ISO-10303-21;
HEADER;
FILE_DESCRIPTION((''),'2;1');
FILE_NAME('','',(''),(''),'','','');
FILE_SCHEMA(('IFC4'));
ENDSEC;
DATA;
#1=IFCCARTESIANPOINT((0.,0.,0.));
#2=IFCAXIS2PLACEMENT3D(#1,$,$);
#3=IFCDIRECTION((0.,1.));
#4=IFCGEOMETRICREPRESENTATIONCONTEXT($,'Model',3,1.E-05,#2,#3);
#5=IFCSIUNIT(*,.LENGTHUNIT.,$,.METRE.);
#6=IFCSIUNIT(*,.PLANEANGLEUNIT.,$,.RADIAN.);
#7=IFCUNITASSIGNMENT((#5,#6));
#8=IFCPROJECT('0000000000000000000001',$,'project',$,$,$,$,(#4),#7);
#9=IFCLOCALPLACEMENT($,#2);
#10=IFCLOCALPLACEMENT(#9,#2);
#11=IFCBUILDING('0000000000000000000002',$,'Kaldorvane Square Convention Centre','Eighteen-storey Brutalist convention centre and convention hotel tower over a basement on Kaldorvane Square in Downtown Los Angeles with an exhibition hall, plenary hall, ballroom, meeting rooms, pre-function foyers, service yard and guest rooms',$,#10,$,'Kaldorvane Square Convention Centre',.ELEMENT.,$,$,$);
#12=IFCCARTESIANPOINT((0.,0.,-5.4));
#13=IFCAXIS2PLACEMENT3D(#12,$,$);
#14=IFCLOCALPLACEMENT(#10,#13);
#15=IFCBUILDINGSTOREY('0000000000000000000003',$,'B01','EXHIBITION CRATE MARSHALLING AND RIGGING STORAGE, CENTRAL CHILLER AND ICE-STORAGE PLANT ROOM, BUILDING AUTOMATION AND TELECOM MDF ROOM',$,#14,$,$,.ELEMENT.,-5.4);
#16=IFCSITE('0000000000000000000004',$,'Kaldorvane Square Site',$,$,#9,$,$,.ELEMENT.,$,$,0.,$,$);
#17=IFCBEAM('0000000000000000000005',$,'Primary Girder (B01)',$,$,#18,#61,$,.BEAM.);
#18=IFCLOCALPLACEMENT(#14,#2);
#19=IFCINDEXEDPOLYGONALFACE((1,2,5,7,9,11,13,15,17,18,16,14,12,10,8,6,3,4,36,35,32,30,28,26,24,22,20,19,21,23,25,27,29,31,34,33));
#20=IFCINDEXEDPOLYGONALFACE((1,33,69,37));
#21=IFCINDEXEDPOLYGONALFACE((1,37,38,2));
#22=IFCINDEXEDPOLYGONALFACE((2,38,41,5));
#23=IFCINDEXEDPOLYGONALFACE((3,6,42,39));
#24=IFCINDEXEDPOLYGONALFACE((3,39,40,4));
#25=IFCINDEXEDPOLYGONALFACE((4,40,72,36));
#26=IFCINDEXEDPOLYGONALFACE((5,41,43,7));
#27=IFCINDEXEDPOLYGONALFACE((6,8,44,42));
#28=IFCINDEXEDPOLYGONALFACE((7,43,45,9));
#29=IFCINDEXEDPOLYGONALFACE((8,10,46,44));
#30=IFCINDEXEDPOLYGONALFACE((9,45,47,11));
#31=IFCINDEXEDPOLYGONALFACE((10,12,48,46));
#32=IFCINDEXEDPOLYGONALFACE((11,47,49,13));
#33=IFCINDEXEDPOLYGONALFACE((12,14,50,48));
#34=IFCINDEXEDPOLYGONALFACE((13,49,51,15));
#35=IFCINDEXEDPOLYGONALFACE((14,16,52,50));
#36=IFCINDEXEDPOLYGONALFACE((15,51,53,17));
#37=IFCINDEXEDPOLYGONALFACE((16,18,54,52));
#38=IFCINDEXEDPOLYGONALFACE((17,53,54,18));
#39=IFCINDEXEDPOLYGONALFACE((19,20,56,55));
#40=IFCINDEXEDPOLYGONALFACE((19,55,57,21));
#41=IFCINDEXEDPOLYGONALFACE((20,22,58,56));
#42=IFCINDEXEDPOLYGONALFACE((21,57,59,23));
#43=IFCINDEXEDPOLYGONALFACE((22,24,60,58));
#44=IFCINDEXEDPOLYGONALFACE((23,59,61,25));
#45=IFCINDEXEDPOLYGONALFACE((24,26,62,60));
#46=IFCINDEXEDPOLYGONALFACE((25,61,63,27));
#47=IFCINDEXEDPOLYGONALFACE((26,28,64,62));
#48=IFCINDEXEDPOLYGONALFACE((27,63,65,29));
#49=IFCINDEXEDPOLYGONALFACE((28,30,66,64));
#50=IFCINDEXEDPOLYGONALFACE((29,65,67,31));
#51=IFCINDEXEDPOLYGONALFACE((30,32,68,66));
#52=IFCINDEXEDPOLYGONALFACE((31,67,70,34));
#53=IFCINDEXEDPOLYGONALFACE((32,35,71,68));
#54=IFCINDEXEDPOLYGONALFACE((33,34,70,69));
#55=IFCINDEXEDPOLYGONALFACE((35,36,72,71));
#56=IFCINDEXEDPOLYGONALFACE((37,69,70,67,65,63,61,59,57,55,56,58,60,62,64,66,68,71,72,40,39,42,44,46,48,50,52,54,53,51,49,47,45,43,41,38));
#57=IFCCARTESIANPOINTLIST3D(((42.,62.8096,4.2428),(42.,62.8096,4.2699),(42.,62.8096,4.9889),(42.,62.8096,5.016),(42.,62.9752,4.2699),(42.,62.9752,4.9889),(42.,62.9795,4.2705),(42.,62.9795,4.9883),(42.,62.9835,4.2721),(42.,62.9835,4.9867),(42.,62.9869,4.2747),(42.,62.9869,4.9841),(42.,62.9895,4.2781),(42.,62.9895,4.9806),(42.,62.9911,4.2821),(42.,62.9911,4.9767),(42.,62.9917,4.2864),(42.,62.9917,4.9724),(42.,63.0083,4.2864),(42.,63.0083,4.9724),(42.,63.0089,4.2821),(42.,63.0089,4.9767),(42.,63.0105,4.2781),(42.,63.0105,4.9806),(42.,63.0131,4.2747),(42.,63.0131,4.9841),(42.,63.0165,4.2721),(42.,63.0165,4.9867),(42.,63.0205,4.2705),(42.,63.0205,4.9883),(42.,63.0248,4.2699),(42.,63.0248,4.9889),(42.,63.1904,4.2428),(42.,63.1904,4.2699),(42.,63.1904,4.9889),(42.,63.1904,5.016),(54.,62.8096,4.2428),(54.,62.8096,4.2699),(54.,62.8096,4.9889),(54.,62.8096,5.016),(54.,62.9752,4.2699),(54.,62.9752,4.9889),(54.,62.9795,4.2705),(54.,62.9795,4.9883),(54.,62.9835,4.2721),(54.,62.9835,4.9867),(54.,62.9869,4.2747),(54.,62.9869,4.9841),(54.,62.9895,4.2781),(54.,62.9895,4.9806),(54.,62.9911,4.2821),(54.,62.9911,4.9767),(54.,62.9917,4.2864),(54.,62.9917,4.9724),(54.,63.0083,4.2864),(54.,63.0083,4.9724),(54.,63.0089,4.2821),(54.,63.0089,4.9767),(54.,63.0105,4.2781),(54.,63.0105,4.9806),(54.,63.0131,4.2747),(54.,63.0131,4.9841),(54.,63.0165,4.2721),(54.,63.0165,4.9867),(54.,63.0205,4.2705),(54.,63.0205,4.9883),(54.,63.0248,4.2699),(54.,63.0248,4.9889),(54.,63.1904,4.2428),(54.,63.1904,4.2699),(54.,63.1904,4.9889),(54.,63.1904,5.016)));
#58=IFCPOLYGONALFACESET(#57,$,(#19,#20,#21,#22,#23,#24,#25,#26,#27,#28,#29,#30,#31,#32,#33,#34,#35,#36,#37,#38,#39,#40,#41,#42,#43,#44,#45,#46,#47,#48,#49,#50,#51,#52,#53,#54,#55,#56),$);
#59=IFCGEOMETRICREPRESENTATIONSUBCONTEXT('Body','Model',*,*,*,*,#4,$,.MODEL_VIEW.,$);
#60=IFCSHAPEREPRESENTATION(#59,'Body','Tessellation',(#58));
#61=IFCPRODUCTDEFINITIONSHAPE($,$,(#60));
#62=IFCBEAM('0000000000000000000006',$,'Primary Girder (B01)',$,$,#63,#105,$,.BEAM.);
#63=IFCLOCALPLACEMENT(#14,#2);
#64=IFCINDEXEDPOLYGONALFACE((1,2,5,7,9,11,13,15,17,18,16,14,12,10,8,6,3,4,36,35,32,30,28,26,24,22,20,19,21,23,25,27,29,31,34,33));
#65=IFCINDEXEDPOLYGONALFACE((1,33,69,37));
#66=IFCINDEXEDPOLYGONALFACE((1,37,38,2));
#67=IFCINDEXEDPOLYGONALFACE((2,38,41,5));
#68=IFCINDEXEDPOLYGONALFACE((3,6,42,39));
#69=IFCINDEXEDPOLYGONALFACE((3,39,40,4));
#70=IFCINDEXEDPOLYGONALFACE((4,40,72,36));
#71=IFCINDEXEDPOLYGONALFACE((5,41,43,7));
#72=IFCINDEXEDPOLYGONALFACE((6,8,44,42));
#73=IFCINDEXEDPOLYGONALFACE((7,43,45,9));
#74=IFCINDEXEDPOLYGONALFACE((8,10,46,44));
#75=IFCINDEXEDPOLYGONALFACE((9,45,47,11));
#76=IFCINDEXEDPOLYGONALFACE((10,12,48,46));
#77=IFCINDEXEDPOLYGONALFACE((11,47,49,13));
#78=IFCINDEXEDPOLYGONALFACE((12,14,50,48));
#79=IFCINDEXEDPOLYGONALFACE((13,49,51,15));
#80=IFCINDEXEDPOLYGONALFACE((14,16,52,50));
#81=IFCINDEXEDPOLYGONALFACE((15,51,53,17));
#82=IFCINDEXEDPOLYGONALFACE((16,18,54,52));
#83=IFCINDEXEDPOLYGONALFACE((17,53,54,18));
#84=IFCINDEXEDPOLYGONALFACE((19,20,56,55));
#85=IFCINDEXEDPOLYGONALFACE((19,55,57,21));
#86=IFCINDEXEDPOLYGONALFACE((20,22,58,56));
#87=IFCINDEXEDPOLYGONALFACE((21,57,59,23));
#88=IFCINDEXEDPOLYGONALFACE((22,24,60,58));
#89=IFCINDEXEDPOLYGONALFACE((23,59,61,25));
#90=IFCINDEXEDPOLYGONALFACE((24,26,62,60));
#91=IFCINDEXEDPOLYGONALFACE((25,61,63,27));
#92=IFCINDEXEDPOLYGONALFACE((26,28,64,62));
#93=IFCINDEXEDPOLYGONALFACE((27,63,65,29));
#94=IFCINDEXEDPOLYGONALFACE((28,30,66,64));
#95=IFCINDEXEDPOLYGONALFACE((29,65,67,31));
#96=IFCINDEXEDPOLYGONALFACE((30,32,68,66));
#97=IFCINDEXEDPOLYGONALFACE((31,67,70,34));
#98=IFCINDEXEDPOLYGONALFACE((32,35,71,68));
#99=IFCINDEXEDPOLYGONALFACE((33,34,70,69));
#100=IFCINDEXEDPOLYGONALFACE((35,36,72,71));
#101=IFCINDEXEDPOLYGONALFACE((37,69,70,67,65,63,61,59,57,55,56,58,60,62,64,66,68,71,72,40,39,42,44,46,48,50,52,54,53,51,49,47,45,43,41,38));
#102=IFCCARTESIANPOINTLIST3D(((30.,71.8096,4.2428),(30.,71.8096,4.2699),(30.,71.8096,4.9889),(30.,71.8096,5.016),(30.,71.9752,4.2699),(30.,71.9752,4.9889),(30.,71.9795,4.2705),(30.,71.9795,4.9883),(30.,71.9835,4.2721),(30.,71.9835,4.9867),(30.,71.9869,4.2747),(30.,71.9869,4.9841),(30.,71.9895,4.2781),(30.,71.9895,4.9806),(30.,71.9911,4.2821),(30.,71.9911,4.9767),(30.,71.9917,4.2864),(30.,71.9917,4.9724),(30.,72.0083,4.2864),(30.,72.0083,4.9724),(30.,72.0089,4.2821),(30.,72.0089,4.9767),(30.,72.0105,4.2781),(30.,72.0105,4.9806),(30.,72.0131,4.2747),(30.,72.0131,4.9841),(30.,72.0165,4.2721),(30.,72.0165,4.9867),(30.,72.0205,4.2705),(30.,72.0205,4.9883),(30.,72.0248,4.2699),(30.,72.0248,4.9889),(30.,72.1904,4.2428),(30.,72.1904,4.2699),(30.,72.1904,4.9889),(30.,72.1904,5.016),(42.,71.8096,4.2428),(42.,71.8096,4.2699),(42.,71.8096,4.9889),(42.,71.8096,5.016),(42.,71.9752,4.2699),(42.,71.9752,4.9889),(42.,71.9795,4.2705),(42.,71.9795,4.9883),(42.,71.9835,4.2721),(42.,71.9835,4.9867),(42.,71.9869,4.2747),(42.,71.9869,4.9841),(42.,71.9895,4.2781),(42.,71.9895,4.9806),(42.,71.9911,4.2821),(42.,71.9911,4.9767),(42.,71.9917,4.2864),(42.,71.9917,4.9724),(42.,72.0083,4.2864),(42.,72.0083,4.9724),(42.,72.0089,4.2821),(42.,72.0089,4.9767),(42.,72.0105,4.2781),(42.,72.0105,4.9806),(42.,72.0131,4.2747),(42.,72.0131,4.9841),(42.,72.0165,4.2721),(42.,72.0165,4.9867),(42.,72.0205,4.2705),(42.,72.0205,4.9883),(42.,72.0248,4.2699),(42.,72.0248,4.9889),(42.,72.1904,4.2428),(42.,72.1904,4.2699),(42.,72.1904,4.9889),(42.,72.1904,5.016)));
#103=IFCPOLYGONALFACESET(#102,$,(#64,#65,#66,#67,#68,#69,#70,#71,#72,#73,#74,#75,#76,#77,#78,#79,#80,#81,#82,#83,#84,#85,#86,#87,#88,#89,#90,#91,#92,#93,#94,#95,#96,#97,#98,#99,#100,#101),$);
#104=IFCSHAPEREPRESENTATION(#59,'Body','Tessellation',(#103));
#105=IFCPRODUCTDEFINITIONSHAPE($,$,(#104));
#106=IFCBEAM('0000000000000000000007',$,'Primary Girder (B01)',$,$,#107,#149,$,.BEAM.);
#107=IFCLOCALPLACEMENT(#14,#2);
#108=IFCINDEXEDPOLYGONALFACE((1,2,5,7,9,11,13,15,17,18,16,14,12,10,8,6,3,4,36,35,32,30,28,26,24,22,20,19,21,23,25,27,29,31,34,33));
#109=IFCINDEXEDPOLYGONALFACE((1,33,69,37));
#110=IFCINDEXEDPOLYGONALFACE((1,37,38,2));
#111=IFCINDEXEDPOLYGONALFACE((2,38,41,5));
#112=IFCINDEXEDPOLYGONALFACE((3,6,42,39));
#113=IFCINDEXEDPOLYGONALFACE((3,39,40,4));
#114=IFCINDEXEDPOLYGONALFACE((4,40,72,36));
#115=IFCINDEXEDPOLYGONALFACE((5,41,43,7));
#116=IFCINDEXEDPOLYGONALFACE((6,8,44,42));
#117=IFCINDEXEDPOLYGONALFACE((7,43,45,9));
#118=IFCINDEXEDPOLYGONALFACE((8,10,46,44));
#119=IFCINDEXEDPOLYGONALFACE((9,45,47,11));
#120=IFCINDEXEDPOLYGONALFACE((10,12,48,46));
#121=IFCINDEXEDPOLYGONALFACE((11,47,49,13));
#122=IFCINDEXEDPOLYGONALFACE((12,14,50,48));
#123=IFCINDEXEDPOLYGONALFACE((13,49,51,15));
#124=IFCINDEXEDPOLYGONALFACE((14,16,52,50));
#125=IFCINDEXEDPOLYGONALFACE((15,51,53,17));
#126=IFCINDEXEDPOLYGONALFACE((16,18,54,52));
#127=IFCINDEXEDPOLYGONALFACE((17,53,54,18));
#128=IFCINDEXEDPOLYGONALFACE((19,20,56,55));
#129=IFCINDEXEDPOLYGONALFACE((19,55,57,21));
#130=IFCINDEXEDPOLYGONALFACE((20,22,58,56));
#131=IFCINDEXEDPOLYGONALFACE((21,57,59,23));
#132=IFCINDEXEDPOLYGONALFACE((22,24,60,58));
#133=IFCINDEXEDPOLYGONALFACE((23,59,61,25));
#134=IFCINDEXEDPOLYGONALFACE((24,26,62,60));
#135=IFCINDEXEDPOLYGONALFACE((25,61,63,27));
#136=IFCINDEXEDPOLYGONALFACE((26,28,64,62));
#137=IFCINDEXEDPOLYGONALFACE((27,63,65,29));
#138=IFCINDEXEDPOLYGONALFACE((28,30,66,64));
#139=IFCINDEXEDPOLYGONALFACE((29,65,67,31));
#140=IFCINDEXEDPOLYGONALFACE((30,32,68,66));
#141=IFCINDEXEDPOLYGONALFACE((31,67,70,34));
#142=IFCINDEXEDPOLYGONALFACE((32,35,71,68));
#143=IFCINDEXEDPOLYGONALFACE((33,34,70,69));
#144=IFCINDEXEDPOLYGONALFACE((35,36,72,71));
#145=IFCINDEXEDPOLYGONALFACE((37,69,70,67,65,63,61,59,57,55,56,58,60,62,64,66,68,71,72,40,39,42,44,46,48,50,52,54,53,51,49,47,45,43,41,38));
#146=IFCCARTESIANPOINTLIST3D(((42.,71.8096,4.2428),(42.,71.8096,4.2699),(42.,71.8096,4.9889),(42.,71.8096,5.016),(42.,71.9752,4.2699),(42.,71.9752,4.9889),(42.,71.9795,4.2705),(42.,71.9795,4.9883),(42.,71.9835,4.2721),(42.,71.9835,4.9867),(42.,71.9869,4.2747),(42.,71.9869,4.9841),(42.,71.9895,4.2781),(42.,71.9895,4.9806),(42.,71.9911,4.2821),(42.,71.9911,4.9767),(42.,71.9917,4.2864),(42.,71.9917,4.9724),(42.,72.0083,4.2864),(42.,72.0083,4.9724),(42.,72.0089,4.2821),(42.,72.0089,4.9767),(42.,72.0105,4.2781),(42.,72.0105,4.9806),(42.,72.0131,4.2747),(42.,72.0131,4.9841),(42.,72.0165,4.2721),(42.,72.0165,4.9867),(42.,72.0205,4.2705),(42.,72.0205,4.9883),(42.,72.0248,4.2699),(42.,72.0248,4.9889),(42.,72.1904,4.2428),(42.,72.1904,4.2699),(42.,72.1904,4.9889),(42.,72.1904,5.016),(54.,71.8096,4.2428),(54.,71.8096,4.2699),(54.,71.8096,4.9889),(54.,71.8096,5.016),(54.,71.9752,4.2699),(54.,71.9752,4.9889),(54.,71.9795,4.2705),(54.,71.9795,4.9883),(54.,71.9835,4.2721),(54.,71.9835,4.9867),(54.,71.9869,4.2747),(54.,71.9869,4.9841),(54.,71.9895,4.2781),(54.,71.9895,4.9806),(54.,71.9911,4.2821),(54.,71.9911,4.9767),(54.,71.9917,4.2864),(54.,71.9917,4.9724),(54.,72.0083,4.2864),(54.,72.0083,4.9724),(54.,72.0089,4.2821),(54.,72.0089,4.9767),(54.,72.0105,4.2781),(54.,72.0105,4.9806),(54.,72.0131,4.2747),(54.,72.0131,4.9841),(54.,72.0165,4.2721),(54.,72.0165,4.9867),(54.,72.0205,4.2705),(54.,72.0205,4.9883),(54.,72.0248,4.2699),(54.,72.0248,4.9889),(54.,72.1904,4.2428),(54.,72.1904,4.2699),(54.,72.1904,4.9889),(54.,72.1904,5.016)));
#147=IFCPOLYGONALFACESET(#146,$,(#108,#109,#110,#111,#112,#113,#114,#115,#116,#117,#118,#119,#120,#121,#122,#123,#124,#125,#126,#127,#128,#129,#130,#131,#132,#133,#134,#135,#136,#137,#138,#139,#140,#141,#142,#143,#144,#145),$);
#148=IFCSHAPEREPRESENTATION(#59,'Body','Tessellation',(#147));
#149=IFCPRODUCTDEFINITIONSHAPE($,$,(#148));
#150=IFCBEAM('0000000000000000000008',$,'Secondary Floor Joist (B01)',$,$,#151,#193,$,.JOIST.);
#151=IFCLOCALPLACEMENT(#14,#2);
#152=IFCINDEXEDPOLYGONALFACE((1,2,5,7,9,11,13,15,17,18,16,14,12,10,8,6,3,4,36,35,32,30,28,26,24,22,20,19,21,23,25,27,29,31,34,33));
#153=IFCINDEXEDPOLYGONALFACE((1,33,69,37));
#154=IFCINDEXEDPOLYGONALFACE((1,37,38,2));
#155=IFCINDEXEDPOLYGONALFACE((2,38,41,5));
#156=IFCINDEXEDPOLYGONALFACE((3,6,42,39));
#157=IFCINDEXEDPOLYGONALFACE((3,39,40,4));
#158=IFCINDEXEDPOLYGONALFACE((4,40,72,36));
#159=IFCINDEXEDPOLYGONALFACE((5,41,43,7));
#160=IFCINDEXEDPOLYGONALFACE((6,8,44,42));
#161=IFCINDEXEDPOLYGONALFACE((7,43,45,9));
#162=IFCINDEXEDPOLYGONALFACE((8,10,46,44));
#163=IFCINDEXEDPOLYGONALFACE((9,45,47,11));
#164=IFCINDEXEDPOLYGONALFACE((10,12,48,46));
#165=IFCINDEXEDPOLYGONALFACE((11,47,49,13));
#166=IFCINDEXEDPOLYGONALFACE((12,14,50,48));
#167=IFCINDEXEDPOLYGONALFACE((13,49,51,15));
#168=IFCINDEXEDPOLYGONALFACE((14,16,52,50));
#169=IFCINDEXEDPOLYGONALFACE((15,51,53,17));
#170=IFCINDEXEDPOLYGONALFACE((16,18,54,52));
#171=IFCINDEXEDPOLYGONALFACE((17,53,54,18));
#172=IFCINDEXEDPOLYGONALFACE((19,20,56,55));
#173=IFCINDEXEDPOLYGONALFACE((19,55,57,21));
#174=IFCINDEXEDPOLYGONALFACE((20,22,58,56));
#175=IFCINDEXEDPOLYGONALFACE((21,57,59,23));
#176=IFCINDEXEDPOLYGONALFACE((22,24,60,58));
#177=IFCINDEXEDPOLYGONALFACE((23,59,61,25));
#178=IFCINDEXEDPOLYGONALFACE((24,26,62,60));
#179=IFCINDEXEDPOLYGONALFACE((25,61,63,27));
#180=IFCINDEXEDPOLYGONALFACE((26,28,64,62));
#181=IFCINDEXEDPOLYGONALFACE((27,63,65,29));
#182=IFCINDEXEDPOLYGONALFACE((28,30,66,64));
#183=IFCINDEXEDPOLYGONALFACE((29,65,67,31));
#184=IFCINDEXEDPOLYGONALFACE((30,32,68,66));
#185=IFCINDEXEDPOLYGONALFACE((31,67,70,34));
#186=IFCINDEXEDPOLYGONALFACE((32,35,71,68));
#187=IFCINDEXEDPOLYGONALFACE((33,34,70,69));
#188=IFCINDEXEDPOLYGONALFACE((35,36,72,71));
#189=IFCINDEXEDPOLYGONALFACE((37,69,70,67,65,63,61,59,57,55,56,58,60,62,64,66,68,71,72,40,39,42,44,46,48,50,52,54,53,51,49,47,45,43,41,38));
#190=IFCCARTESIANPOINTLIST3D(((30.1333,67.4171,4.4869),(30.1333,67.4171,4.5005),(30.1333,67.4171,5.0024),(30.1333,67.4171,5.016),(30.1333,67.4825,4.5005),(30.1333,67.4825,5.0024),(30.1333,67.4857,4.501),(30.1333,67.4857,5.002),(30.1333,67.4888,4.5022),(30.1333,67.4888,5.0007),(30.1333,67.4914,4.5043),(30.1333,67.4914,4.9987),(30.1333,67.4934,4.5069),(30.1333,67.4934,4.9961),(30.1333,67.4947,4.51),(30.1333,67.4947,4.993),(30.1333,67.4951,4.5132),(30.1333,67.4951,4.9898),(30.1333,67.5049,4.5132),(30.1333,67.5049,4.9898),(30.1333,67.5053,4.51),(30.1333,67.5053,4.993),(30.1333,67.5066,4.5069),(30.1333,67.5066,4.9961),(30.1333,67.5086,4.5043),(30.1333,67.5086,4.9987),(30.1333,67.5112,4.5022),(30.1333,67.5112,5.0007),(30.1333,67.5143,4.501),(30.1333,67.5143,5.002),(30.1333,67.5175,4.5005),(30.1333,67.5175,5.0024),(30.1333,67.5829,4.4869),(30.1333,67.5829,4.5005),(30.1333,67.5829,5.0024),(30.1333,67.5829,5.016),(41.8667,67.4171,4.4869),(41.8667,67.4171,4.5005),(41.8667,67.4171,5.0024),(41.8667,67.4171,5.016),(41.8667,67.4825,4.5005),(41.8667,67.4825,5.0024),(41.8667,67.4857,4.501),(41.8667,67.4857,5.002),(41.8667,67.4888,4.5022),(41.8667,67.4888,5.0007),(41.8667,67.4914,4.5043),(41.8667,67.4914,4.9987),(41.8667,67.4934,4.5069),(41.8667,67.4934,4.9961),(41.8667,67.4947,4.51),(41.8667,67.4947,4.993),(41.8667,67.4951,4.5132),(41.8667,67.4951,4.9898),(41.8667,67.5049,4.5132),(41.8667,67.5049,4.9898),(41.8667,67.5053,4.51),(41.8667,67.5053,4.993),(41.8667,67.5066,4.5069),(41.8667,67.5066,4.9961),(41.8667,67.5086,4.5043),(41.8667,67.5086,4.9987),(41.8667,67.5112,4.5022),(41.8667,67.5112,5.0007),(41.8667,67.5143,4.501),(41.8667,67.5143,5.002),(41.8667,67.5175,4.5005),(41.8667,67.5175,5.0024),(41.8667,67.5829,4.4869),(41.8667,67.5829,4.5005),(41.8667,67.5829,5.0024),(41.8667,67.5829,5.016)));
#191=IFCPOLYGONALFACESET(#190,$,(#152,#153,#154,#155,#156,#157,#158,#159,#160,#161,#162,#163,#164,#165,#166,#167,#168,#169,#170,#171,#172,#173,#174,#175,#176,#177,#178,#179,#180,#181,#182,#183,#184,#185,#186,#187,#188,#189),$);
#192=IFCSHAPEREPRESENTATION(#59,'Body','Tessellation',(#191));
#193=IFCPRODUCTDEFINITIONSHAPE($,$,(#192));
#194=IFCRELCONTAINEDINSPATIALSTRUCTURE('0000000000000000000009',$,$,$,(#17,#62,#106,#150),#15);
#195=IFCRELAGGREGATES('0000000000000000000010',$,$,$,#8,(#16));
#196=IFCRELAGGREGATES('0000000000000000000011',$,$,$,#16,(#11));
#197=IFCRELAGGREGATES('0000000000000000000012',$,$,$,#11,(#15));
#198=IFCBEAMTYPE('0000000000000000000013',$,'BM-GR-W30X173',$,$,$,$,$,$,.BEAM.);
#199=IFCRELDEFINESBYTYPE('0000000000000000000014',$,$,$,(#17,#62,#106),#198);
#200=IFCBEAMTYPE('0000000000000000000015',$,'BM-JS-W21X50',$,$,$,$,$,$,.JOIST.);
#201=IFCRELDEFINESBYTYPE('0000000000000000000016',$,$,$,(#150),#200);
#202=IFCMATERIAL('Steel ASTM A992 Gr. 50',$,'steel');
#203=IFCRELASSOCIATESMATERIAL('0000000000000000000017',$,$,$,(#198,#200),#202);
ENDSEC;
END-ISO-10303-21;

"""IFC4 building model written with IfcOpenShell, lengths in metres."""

from ifc_helpers import new_model, si_unit, direction, frame, origin, origin_2d, place, context, subcontext, project, spatial, i_section, extrude, material, material_profile, profile_set, type_object, element, save


model = new_model("IFC4")

# Units and contexts
model_context = context("Model", 3, precision=1e-05, world=origin(), true_north=direction((0.0, 1.0)))
body_context = subcontext(model_context, "Body", "Model", "MODEL_VIEW")
ifc_project = project(units=[si_unit("LENGTHUNIT", "METRE"), si_unit("PLANEANGLEUNIT", "RADIAN")], contexts=[model_context])

# Site, building, storey
site_placement = place(None, origin())
site = spatial("IfcSite", under=ifc_project, at=site_placement, Name="Kaldorvane Square Site", CompositionType="ELEMENT", RefElevation=0.0)
building_placement = place(site_placement, origin())
building = spatial("IfcBuilding", under=site, at=building_placement, Name="Kaldorvane Square Convention Centre", Description="Eighteen-storey Brutalist convention centre and convention hotel tower over a basement on Kaldorvane Square in Downtown Los Angeles with an exhibition hall, plenary hall, ballroom, meeting rooms, pre-function foyers, service yard and guest rooms", LongName="Kaldorvane Square Convention Centre", CompositionType="ELEMENT")
storey_placement = place(building_placement, frame((0.0, 0.0, -5.4)))
storey = spatial("IfcBuildingStorey", under=building, at=storey_placement, Name="B01", Description="EXHIBITION CRATE MARSHALLING AND RIGGING STORAGE, CENTRAL CHILLER AND ICE-STORAGE PLANT ROOM, BUILDING AUTOMATION AND TELECOM MDF ROOM", CompositionType="ELEMENT", Elevation=-5.4)

# Shared definitions
ifc_material_1 = material(Name="Steel ASTM A992 Gr. 50", Category="steel")

# Beams
ifc_material_profile_1 = material_profile(ifc_material_1, i_section(OverallWidth=0.3807, OverallDepth=0.7732, WebThickness=0.0166, FlangeThickness=0.0271, FilletRadius=0.0165, at=origin_2d()), Name="W30X173")
ifc_profile_set_1 = profile_set([ifc_material_profile_1], Name="Steel ASTM A992 Gr. 50")
beam_type_1 = type_object("IfcBeamType", Name="BM-GR-W30X173", PredefinedType="BEAM", material=ifc_profile_set_1)
for number, where, z_axis, x_axis, name in (
    (1, (42.0, 63.0, 4.6294), (1.0, 0.0, 0.0), (0.0, 1.0, 0.0), "Primary Girder (B01)"),
    (2, (30.0, 72.0, 4.6294), (1.0, 0.0, 0.0), (0.0, 1.0, 0.0), "Primary Girder (B01)"),
    (3, (42.0, 72.0, 4.6294), (1.0, 0.0, 0.0), (0.0, 1.0, 0.0), "Primary Girder (B01)"),
):
    element("IfcBeam", number, at=place(storey_placement, frame(where, z_axis=z_axis, x_axis=x_axis)), inside=storey, type_object=beam_type_1, Name=name, PredefinedType="BEAM", context=body_context, shape_type="SweptSolid", body=[
        extrude(i_section(OverallWidth=0.3807, OverallDepth=0.7732, WebThickness=0.0166, FlangeThickness=0.0271, FilletRadius=0.0165, at=origin_2d()), origin(), (0.0, 0.0, 1.0), 12.0),
    ])
ifc_material_profile_2 = material_profile(ifc_material_1, i_section(OverallWidth=0.1659, OverallDepth=0.5291, WebThickness=0.0097, FlangeThickness=0.0136, FilletRadius=0.0127, at=origin_2d()), Name="W21X50")
ifc_profile_set_2 = profile_set([ifc_material_profile_2], Name="Steel ASTM A992 Gr. 50")
beam_type_2 = type_object("IfcBeamType", Name="BM-JS-W21X50", PredefinedType="JOIST", material=ifc_profile_set_2)
beam_placement = place(storey_placement, frame((30.1333, 67.5, 4.7515), z_axis=(1.0, 0.0, 0.0), x_axis=(0.0, 1.0, 0.0)))
element("IfcBeam", 4, at=beam_placement, inside=storey, type_object=beam_type_2, Name="Secondary Floor Joist (B01)", PredefinedType="JOIST", context=body_context, shape_type="SweptSolid", body=[
    extrude(i_section(OverallWidth=0.1659, OverallDepth=0.5291, WebThickness=0.0097, FlangeThickness=0.0136, FilletRadius=0.0127, at=origin_2d()), origin(), (0.0, 0.0, 1.0), 11.7334),
])

save(model, "model.ifc")
